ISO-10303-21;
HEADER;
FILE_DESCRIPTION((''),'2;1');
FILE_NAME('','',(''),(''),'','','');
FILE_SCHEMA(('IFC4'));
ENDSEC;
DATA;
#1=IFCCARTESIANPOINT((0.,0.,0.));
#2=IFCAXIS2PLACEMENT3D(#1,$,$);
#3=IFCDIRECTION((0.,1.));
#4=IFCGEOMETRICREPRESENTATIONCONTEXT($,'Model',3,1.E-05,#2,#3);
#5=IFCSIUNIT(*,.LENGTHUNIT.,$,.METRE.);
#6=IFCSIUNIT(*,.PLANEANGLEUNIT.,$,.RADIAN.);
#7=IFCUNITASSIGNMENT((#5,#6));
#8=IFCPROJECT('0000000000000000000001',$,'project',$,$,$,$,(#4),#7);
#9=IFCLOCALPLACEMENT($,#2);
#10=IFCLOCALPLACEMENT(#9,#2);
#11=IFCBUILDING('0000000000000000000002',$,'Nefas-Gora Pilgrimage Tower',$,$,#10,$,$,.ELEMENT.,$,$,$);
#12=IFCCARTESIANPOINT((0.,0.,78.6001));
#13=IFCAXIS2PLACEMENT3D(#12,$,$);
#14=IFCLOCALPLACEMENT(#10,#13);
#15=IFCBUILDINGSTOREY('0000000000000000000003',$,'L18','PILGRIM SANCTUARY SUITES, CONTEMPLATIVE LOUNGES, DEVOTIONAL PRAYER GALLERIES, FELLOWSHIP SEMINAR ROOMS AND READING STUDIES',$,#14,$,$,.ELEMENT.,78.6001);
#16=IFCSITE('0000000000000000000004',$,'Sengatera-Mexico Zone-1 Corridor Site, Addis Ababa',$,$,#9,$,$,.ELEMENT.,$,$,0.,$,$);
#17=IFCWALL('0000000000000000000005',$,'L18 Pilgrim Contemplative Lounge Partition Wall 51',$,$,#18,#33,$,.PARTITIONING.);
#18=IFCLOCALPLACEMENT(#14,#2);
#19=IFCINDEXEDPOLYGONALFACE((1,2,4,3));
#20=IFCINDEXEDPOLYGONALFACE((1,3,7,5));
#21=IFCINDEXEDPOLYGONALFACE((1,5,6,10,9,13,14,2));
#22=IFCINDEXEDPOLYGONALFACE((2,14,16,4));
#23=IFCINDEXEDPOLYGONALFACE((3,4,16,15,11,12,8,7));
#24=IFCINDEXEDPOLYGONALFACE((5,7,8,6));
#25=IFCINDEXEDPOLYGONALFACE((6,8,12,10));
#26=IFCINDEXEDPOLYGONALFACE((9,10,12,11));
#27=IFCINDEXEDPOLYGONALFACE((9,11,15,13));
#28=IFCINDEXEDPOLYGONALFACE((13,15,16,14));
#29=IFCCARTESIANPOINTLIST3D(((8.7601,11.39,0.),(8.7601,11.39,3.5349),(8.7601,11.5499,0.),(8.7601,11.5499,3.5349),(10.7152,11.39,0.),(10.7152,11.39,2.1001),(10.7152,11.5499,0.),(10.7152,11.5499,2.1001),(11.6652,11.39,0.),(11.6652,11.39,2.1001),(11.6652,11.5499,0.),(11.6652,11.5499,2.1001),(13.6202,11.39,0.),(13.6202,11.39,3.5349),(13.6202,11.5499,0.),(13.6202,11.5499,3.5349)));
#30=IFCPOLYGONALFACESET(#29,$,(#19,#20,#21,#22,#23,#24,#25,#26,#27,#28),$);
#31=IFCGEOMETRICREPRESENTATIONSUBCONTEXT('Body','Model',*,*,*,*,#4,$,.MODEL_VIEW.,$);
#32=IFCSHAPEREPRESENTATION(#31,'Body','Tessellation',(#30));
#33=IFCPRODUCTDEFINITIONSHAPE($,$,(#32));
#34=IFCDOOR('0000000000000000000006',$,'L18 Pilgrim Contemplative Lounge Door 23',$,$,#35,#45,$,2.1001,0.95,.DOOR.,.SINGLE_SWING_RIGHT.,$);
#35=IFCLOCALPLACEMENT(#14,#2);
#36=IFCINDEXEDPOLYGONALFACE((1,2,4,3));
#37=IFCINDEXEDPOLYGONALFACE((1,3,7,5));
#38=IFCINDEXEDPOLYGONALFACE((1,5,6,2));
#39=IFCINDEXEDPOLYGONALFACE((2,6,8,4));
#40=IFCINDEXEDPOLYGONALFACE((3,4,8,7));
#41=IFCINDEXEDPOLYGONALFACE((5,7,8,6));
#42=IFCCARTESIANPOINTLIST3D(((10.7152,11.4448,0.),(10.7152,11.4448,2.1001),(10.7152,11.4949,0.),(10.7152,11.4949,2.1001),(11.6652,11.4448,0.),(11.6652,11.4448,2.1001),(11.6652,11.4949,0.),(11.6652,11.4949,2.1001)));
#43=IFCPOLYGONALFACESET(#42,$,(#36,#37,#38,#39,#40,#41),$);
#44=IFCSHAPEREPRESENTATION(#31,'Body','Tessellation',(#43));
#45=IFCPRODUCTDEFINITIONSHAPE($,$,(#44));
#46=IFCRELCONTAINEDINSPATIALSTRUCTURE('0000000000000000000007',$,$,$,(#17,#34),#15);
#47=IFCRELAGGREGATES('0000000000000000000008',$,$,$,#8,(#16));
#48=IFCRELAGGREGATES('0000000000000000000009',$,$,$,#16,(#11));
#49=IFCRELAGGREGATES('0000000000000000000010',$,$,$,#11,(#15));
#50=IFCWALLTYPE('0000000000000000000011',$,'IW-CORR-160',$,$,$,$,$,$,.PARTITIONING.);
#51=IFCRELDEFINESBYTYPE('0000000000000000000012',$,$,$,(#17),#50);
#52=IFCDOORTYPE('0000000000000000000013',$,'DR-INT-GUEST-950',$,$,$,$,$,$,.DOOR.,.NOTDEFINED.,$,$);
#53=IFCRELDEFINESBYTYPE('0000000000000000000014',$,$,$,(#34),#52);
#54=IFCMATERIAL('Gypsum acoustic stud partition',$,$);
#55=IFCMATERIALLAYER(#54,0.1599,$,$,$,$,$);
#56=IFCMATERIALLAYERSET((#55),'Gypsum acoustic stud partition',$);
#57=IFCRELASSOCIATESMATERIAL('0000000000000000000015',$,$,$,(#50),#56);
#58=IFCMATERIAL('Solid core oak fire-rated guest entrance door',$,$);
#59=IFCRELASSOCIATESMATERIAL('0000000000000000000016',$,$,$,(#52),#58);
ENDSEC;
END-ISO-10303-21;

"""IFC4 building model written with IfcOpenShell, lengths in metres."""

from ifc_helpers import new_model, si_unit, direction, frame, frame_2d, origin, place, context, subcontext, project, spatial, rectangle, extrude, source, transform, mapped, material, layer, layer_set, type_object, element, fill, save


model = new_model("IFC4")

# Units and contexts
model_context = context("Model", 3, precision=1e-05, world=origin(), true_north=direction((0.0, 1.0)))
body_context = subcontext(model_context, "Body", "Model", "MODEL_VIEW")
ifc_project = project(units=[si_unit("LENGTHUNIT", "METRE"), si_unit("PLANEANGLEUNIT", "RADIAN")], contexts=[model_context])

# Site, building, storey
site_placement = place(None, origin())
site = spatial("IfcSite", under=ifc_project, at=site_placement, Name="Sengatera-Mexico Zone-1 Corridor Site, Addis Ababa", CompositionType="ELEMENT", RefElevation=0.0)
building_placement = place(site_placement, origin())
building = spatial("IfcBuilding", under=site, at=building_placement, Name="Nefas-Gora Pilgrimage Tower", CompositionType="ELEMENT")
storey_placement = place(building_placement, frame((0.0, 0.0, 78.6001)))
storey = spatial("IfcBuildingStorey", under=building, at=storey_placement, Name="L18", Description="PILGRIM SANCTUARY SUITES, CONTEMPLATIVE LOUNGES, DEVOTIONAL PRAYER GALLERIES, FELLOWSHIP SEMINAR ROOMS AND READING STUDIES", CompositionType="ELEMENT", Elevation=78.6001)

# Wall, opening, door
ifc_material_1 = material(Name="Gypsum acoustic stud partition")
ifc_layer_1 = layer(ifc_material_1, 0.1599)
ifc_layer_set_1 = layer_set([ifc_layer_1], Name="Gypsum acoustic stud partition")
wall_type_1 = type_object("IfcWallType", Name="IW-CORR-160", PredefinedType="PARTITIONING", material=ifc_layer_set_1)
ifc_material_2 = material(Name="Solid core oak fire-rated guest entrance door")
door_type_1 = type_object("IfcDoorType", Name="DR-INT-GUEST-950", OperationType="NOTDEFINED", PredefinedType="DOOR", material=ifc_material_2)
shared_shape_1 = source(origin(), body_context, "Body", "SweptSolid", [
    extrude(rectangle(XDim=0.95, YDim=2.1001, at=frame_2d((0.4751, 1.05))), frame((0.0, 0.0249, 0.0), z_axis=(0.0, -1.0, 0.0), x_axis=(1.0, 0.0, 0.0)), (0.0, 0.0, 1.0), 0.05),
])
shared_shape_2 = source(origin(), body_context, "Body", "SweptSolid", [
    extrude(rectangle(XDim=4.8601, YDim=0.1599, at=frame_2d((2.4302, 0.0))), origin(), (0.0, 0.0, 1.0), 3.5349),
])
wall_1_placement = place(storey_placement, frame((8.76, 11.47, 0.0), z_axis=(0.0, 0.0, 1.0), x_axis=(1.0, 0.0, 0.0)))
wall_1 = element("IfcWall", 1, at=wall_1_placement, inside=storey, type_object=wall_type_1, Name="L18 Pilgrim Contemplative Lounge Partition Wall 51", PredefinedType="PARTITIONING", context=body_context, shape_type="MappedRepresentation", body=[
    mapped(shared_shape_2, transform((0.0, 0.0, 0.0), x_axis=(1.0, 0.0, 0.0), y_axis=(0.0, 1.0, 0.0), z_axis=(0.0, 0.0, 1.0), scale=1.0)),
])
opening_1_placement = place(wall_1_placement, frame((1.9551, 0.0, 0.0)))
opening_1 = element("IfcOpeningElement", 2, at=opening_1_placement, cuts=wall_1, PredefinedType="OPENING", context=body_context, shape_type="SweptSolid", body=[
    extrude(rectangle(XDim=0.95, YDim=2.1001, at=frame_2d((0.4751, 1.05))), frame((0.0, 0.0898, 0.0), z_axis=(0.0, -1.0, 0.0), x_axis=(1.0, 0.0, 0.0)), (0.0, 0.0, 1.0), 0.1799),
])
door_1_placement = place(opening_1_placement, origin())
door_1 = element("IfcDoor", 3, at=door_1_placement, inside=storey, type_object=door_type_1, Name="L18 Pilgrim Contemplative Lounge Door 23", OperationType="SINGLE_SWING_RIGHT", OverallHeight=2.1001, OverallWidth=0.95, PredefinedType="DOOR", context=body_context, shape_type="MappedRepresentation", body=[
    mapped(shared_shape_1, transform((0.0, 0.0, 0.0), x_axis=(1.0, 0.0, 0.0), y_axis=(0.0, 1.0, 0.0), z_axis=(0.0, 0.0, 1.0), scale=1.0)),
])
fill(opening_1, door_1)

save(model, "model.ifc")
